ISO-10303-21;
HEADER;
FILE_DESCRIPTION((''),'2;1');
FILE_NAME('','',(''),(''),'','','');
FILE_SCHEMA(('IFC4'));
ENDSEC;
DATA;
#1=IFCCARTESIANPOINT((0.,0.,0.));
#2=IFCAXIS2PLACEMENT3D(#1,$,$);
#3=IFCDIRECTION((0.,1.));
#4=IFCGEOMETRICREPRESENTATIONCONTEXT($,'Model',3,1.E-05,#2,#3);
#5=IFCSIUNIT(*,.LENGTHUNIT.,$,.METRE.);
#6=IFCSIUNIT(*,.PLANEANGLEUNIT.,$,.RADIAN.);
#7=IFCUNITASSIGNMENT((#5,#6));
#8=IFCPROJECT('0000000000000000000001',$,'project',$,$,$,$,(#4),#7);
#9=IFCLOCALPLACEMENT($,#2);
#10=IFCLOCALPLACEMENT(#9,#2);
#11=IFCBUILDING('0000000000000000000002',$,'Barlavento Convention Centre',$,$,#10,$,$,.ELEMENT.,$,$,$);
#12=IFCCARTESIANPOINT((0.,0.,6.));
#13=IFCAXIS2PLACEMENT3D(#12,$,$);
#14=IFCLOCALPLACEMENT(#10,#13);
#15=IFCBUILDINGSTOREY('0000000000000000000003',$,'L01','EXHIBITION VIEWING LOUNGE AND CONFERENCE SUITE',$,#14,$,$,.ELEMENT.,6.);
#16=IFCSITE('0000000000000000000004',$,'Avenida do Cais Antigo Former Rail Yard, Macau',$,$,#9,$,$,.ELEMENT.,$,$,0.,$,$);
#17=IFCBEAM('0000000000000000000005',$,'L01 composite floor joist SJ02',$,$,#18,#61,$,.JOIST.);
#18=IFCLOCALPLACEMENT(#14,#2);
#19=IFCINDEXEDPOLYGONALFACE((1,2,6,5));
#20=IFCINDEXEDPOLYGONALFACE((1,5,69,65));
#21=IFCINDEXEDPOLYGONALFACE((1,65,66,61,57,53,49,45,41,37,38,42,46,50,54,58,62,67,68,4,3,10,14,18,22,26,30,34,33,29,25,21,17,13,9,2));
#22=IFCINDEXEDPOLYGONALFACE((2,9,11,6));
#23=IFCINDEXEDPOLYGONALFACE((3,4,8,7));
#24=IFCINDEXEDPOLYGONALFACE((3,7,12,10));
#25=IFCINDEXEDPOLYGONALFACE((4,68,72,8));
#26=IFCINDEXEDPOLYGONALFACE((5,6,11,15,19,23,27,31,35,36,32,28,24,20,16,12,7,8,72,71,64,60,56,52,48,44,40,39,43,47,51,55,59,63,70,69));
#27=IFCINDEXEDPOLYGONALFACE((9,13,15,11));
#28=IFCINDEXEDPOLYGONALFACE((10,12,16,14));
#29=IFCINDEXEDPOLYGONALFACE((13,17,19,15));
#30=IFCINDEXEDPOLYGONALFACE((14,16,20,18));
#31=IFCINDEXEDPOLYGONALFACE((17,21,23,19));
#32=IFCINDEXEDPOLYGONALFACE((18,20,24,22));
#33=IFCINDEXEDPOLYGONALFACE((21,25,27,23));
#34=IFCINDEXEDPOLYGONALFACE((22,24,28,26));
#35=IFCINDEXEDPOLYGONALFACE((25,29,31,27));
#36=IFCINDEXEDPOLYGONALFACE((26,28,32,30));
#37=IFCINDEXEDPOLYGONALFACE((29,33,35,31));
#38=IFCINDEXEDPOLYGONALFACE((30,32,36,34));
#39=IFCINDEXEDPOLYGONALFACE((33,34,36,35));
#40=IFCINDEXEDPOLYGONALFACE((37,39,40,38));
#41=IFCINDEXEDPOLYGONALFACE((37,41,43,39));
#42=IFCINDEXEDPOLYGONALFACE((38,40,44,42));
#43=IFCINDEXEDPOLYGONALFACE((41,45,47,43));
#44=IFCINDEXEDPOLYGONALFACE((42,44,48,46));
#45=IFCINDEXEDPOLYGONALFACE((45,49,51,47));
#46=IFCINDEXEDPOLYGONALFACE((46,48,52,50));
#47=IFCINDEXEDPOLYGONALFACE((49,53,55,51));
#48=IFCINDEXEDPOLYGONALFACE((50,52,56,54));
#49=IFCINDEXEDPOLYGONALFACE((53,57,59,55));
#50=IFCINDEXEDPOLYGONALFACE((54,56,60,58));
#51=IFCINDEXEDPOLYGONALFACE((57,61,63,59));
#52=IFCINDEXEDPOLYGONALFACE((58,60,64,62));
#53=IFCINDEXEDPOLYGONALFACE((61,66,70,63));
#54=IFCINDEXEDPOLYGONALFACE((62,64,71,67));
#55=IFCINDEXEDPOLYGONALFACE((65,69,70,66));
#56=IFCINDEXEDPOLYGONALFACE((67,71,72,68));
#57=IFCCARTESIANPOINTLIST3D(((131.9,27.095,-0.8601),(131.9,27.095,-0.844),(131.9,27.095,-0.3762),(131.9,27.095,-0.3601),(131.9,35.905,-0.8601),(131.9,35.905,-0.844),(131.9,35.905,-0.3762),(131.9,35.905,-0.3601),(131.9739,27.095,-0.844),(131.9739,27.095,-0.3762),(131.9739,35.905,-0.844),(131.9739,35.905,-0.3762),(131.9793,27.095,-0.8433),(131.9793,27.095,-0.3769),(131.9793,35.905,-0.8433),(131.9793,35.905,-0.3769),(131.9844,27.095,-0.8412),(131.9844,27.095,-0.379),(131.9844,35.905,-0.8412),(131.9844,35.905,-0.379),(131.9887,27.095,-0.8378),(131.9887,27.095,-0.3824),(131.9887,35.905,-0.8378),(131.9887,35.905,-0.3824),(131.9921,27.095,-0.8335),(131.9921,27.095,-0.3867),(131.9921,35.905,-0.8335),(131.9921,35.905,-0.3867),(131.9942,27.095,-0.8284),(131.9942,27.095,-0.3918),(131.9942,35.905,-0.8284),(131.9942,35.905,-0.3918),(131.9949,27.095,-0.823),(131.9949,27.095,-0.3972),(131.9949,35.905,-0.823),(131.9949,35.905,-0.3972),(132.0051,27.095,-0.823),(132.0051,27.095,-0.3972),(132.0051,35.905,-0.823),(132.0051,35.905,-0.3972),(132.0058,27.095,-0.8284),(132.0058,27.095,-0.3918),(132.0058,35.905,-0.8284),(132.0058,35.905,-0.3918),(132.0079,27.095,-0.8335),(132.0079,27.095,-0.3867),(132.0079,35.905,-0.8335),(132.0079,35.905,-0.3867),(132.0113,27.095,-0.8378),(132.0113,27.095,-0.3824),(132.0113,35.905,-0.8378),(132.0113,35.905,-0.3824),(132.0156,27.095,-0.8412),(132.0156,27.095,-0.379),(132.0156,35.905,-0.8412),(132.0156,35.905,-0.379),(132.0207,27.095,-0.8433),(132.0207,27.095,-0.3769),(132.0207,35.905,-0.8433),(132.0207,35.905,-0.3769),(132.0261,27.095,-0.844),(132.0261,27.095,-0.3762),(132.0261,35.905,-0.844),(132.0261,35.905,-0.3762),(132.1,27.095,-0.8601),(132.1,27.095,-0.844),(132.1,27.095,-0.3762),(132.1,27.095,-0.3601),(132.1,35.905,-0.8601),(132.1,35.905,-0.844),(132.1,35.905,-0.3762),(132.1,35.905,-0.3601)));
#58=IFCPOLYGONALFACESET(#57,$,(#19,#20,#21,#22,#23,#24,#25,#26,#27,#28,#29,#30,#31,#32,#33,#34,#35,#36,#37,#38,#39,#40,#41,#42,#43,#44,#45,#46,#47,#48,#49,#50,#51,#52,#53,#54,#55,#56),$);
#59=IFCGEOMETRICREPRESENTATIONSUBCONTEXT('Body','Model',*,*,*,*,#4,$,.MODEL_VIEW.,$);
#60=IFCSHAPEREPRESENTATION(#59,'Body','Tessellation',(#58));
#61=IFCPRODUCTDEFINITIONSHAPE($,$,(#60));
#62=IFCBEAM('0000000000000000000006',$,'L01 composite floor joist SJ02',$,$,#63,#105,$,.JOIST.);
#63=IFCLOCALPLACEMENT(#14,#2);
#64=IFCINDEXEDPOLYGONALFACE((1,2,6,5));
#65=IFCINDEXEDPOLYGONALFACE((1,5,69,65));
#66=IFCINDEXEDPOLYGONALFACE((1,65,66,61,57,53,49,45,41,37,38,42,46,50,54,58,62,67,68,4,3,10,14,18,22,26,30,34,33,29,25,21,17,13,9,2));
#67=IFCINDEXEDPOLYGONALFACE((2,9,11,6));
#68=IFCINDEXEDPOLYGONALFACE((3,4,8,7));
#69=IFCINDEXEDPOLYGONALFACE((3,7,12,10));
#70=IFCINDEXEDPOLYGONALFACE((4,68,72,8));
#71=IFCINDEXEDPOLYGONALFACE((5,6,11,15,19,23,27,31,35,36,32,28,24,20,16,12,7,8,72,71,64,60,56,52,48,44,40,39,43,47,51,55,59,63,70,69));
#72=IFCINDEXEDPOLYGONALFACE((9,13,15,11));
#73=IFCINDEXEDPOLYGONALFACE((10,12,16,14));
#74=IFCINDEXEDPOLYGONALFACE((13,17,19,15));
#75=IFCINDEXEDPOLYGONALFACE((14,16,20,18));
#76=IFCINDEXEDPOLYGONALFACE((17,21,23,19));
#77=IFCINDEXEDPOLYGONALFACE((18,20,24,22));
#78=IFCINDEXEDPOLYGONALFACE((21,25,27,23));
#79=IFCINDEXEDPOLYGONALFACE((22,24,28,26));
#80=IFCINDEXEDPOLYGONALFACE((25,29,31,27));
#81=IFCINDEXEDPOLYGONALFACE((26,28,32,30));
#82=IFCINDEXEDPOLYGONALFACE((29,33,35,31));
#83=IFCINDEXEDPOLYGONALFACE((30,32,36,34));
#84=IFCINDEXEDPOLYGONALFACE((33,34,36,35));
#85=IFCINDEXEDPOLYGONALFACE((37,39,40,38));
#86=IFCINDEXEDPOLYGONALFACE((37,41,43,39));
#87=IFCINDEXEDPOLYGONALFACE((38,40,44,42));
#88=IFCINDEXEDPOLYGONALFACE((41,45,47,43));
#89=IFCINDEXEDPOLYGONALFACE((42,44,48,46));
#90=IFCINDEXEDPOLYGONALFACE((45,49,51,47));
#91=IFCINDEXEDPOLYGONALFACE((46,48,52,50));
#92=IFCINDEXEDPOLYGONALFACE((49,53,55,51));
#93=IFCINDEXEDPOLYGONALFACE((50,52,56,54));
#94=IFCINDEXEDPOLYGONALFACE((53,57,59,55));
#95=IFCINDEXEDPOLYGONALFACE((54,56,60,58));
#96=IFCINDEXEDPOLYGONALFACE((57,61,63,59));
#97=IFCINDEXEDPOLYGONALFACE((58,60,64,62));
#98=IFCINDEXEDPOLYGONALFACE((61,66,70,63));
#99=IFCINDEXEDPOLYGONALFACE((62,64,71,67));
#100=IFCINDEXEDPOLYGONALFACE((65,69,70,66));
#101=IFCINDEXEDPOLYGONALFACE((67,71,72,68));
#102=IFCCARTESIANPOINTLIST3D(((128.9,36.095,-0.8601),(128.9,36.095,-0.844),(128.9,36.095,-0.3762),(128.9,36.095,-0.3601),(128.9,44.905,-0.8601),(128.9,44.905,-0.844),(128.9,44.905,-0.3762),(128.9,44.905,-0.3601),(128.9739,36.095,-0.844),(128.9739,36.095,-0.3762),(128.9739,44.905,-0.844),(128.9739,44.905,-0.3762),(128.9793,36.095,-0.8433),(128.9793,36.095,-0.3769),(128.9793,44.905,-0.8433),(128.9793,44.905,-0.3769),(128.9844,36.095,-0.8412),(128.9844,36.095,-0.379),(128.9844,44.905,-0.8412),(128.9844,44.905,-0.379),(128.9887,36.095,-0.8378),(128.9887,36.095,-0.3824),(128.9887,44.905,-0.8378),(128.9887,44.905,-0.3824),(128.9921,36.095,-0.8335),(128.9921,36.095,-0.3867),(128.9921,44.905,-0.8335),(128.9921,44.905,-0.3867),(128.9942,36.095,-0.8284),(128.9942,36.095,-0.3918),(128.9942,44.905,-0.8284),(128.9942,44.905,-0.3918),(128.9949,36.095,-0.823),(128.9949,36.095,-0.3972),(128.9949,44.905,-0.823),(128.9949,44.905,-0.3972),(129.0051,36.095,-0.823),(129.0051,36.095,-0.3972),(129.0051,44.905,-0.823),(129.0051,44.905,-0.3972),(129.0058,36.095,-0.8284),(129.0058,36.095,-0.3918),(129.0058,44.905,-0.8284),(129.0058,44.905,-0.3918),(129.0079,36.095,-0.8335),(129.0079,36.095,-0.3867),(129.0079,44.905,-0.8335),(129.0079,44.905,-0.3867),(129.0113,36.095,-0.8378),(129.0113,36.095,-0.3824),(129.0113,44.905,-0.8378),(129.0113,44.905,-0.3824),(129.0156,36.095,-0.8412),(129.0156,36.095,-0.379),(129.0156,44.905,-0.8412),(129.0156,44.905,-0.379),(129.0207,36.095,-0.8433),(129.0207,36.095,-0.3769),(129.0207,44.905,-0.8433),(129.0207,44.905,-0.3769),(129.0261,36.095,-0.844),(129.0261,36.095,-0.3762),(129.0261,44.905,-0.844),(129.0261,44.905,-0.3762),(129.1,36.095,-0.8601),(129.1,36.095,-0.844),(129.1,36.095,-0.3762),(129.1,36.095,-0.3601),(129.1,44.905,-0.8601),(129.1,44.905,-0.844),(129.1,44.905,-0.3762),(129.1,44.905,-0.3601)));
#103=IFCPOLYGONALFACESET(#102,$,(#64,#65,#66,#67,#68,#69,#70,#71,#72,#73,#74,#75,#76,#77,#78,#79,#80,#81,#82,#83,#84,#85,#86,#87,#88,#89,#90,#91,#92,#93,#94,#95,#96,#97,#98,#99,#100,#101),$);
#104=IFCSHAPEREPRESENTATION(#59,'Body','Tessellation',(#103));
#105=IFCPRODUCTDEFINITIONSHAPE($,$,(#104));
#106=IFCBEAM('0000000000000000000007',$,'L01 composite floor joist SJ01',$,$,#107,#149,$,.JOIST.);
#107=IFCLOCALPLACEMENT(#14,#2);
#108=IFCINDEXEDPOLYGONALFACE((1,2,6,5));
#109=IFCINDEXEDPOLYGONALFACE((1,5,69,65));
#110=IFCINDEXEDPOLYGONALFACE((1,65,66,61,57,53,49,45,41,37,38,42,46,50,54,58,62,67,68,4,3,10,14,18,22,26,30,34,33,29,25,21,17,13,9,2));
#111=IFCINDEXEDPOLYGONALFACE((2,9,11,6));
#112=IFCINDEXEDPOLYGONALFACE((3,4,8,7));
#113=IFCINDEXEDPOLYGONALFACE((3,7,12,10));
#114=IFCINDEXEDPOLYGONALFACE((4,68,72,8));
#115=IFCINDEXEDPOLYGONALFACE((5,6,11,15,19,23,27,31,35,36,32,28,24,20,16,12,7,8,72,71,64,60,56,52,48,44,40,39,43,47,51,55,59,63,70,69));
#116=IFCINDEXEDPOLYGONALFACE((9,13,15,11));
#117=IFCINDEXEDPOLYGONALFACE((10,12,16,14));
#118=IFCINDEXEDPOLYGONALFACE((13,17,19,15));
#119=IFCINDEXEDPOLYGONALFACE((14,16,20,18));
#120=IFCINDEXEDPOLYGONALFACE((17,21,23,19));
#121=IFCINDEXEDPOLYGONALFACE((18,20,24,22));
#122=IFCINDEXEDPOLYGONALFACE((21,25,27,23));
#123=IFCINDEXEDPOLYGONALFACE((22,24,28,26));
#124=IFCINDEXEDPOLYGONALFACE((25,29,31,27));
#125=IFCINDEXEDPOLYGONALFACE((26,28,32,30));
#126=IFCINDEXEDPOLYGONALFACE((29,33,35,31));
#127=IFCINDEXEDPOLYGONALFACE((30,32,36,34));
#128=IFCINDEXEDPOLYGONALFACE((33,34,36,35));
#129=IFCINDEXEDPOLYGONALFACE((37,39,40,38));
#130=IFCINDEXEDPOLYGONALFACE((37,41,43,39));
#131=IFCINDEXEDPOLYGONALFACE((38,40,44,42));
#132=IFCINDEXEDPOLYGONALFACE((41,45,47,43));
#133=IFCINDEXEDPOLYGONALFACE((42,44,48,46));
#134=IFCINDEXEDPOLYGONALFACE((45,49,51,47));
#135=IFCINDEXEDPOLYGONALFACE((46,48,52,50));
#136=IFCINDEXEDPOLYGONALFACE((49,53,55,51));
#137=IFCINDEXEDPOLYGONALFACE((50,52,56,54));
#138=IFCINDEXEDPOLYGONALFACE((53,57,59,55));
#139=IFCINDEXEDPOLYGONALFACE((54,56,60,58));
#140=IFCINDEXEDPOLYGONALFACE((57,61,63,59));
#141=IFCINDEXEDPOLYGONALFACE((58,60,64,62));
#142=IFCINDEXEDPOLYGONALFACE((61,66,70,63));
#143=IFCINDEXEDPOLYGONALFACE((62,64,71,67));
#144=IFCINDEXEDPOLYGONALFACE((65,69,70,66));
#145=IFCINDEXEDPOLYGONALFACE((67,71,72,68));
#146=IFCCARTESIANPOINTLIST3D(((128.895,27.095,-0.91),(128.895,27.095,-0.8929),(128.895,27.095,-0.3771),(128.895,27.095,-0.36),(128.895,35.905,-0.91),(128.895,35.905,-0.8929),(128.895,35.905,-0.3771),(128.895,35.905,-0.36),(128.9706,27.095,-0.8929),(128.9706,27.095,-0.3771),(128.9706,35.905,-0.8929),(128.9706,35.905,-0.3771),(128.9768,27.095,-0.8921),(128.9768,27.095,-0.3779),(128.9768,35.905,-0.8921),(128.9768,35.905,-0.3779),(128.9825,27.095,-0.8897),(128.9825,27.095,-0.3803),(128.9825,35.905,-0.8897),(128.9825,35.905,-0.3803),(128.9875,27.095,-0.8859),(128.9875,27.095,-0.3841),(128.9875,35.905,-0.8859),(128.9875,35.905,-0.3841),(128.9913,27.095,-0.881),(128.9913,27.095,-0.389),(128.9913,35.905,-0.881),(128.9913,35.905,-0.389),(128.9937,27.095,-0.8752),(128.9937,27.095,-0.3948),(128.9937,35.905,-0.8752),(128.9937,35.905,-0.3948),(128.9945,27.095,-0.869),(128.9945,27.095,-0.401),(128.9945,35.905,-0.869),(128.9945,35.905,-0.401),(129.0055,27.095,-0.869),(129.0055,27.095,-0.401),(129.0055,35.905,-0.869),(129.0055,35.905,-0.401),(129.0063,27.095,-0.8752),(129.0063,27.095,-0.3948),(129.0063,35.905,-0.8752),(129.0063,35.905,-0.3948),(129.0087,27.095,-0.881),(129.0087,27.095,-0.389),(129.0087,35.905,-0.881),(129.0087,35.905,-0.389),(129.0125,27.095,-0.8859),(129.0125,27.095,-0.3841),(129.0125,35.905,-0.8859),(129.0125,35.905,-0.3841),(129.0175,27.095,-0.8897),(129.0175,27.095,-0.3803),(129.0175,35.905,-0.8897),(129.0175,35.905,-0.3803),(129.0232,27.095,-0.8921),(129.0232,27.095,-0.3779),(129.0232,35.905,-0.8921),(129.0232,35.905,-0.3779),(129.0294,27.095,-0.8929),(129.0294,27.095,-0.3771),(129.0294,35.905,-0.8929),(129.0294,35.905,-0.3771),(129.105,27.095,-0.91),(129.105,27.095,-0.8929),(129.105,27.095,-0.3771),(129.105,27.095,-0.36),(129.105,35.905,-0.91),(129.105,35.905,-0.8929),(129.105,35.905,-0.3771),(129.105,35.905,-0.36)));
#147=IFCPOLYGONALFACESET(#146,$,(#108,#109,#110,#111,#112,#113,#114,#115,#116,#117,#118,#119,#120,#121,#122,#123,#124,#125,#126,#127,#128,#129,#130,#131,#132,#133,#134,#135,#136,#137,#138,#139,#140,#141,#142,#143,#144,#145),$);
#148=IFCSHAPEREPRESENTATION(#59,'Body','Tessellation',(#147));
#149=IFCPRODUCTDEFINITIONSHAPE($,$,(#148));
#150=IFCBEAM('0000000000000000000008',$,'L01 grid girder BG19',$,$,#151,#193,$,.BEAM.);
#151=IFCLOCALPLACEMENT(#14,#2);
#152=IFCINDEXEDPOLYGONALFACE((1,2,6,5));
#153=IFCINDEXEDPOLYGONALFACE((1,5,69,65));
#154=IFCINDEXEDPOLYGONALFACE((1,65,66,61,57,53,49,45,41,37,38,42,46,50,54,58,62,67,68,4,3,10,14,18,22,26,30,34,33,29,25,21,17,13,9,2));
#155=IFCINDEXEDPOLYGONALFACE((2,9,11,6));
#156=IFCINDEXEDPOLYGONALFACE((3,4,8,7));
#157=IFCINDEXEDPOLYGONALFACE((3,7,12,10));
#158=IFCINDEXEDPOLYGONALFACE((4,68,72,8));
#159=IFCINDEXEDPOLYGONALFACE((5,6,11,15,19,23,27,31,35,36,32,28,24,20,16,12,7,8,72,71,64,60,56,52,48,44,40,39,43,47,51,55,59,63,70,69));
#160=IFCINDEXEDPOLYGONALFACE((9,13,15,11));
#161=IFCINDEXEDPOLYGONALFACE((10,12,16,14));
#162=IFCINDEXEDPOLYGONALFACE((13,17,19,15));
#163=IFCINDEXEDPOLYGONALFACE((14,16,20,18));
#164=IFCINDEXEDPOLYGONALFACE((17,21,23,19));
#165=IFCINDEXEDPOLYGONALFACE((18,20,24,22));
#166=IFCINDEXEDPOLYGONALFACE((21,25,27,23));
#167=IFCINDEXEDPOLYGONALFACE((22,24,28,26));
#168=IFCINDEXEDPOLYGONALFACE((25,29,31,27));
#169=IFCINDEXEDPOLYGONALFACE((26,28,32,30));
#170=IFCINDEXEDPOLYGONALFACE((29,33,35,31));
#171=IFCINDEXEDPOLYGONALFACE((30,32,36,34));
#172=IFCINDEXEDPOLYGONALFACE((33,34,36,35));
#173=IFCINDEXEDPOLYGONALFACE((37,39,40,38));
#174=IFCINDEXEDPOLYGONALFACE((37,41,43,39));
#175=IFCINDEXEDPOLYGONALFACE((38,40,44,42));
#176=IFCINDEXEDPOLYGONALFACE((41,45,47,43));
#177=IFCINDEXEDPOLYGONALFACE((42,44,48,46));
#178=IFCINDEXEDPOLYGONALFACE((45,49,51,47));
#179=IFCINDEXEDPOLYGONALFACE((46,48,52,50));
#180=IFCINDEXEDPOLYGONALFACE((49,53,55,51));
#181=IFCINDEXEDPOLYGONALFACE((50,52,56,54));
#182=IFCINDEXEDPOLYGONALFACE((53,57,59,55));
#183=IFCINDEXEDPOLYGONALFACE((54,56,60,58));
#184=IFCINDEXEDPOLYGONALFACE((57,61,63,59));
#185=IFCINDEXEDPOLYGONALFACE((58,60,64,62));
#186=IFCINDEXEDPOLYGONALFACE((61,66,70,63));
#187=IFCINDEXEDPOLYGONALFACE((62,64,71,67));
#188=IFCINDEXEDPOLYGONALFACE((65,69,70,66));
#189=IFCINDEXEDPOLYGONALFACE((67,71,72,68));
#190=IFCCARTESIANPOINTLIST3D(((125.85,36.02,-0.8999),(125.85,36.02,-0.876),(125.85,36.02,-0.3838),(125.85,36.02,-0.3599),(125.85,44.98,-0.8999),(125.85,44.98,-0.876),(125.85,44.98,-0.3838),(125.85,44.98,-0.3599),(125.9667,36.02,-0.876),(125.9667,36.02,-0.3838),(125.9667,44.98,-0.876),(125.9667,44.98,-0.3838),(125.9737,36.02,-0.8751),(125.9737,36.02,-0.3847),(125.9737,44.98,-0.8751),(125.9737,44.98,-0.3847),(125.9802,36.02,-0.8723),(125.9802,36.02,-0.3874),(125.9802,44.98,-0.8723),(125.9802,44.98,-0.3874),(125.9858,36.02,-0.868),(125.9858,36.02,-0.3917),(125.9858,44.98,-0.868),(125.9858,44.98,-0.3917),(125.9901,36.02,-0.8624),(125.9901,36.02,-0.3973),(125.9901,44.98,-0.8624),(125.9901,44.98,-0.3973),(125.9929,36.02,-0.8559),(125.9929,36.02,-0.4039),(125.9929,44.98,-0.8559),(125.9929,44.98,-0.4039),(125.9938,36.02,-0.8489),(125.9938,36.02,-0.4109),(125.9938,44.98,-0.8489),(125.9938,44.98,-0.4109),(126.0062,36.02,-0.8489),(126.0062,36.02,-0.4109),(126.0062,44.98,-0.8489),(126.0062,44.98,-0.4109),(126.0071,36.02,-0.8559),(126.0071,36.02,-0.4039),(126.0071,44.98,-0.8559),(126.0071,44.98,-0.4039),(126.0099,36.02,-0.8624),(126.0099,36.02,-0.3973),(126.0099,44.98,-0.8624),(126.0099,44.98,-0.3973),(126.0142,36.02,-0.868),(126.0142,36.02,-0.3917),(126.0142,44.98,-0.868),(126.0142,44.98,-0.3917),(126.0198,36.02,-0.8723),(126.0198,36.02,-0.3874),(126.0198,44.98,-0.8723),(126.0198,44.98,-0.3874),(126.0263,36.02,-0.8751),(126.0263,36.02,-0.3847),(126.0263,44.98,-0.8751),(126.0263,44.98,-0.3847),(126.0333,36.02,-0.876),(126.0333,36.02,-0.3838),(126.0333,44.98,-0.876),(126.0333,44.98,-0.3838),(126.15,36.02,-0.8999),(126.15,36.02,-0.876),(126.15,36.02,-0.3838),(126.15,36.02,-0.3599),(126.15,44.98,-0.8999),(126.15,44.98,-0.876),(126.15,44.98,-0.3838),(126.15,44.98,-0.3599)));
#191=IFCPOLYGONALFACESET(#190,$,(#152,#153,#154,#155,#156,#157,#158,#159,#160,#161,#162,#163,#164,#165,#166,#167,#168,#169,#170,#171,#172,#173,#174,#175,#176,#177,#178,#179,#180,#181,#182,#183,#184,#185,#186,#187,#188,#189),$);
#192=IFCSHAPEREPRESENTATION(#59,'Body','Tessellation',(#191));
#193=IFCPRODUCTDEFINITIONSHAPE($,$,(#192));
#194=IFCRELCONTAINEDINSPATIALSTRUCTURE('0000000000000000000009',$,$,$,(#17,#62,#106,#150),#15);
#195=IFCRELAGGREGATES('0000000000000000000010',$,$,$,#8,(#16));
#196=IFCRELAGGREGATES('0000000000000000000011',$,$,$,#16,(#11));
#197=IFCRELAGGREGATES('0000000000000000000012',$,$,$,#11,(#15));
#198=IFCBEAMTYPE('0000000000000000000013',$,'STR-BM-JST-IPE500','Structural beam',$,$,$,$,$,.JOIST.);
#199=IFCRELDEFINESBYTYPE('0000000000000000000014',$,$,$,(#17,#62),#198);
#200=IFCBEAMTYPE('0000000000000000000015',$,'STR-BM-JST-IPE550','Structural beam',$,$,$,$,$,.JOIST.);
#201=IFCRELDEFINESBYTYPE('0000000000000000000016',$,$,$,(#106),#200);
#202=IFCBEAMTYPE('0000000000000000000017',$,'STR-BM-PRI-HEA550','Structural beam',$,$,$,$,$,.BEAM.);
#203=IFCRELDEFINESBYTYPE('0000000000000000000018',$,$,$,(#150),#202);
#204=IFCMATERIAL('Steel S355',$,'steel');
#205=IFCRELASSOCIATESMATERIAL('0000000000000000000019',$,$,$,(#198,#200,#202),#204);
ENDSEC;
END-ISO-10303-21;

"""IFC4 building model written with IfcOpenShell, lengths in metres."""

from ifc_helpers import new_model, si_unit, direction, frame, origin, origin_2d, place, context, subcontext, project, spatial, i_section, extrude, material, material_profile, profile_set, type_object, element, save


model = new_model("IFC4")

# Units and contexts
model_context = context("Model", 3, precision=1e-05, world=origin(), true_north=direction((0.0, 1.0)))
body_context = subcontext(model_context, "Body", "Model", "MODEL_VIEW")
ifc_project = project(units=[si_unit("LENGTHUNIT", "METRE"), si_unit("PLANEANGLEUNIT", "RADIAN")], contexts=[model_context])

# Site, building, storey
site_placement = place(None, origin())
site = spatial("IfcSite", under=ifc_project, at=site_placement, Name="Avenida do Cais Antigo Former Rail Yard, Macau", CompositionType="ELEMENT", RefElevation=0.0)
building_placement = place(site_placement, origin())
building = spatial("IfcBuilding", under=site, at=building_placement, Name="Barlavento Convention Centre", CompositionType="ELEMENT")
storey_placement = place(building_placement, frame((0.0, 0.0, 6.0)))
storey = spatial("IfcBuildingStorey", under=building, at=storey_placement, Name="L01", Description="EXHIBITION VIEWING LOUNGE AND CONFERENCE SUITE", CompositionType="ELEMENT", Elevation=6.0)

# Beams
ifc_material_1 = material(Name="Steel S355", Category="steel")
ifc_material_profile_1 = material_profile(ifc_material_1, i_section(OverallWidth=0.2, OverallDepth=0.5, WebThickness=0.0103, FlangeThickness=0.0161, FilletRadius=0.021, at=origin_2d()), Name="IPE 500")
ifc_profile_set_1 = profile_set([ifc_material_profile_1], Name="Steel S355")
beam_type_1 = type_object("IfcBeamType", Name="STR-BM-JST-IPE500", Description="Structural beam", PredefinedType="JOIST", material=ifc_profile_set_1)
for number, where, z_axis, x_axis, name in (
    (1, (132.0, 27.095, -0.6101), (0.0, 1.0, 0.0), (-1.0, 0.0, 0.0), "L01 composite floor joist SJ02"),
    (2, (129.0, 36.095, -0.6101), (0.0, 1.0, 0.0), (-1.0, 0.0, 0.0), "L01 composite floor joist SJ02"),
):
    element("IfcBeam", number, at=place(storey_placement, frame(where, z_axis=z_axis, x_axis=x_axis)), inside=storey, type_object=beam_type_1, Name=name, PredefinedType="JOIST", context=body_context, shape_type="SweptSolid", body=[
        extrude(i_section(OverallWidth=0.2, OverallDepth=0.5, WebThickness=0.0103, FlangeThickness=0.0161, FilletRadius=0.021, at=origin_2d()), origin(), (0.0, 0.0, 1.0), 8.8101),
    ])
ifc_material_profile_2 = material_profile(ifc_material_1, i_section(OverallWidth=0.21, OverallDepth=0.55, WebThickness=0.011, FlangeThickness=0.0171, FilletRadius=0.0239, at=origin_2d()), Name="IPE 550")
ifc_profile_set_2 = profile_set([ifc_material_profile_2], Name="Steel S355")
beam_type_2 = type_object("IfcBeamType", Name="STR-BM-JST-IPE550", Description="Structural beam", PredefinedType="JOIST", material=ifc_profile_set_2)
beam_1_placement = place(storey_placement, frame((129.0, 27.095, -0.635), z_axis=(0.0, 1.0, 0.0), x_axis=(-1.0, 0.0, 0.0)))
element("IfcBeam", 3, at=beam_1_placement, inside=storey, type_object=beam_type_2, Name="L01 composite floor joist SJ01", PredefinedType="JOIST", context=body_context, shape_type="SweptSolid", body=[
    extrude(i_section(OverallWidth=0.21, OverallDepth=0.55, WebThickness=0.011, FlangeThickness=0.0171, FilletRadius=0.0239, at=origin_2d()), origin(), (0.0, 0.0, 1.0), 8.8101),
])
ifc_material_profile_3 = material_profile(ifc_material_1, i_section(OverallWidth=0.3, OverallDepth=0.54, WebThickness=0.0125, FlangeThickness=0.0239, FilletRadius=0.0271, at=origin_2d()), Name="HEA 550")
ifc_profile_set_3 = profile_set([ifc_material_profile_3], Name="Steel S355")
beam_type_3 = type_object("IfcBeamType", Name="STR-BM-PRI-HEA550", Description="Structural beam", PredefinedType="BEAM", material=ifc_profile_set_3)
beam_2_placement = place(storey_placement, frame((126.0, 36.02, -0.6299), z_axis=(0.0, 1.0, 0.0), x_axis=(-1.0, 0.0, 0.0)))
element("IfcBeam", 4, at=beam_2_placement, inside=storey, type_object=beam_type_3, Name="L01 grid girder BG19", PredefinedType="BEAM", context=body_context, shape_type="SweptSolid", body=[
    extrude(i_section(OverallWidth=0.3, OverallDepth=0.54, WebThickness=0.0125, FlangeThickness=0.0239, FilletRadius=0.0271, at=origin_2d()), origin(), (0.0, 0.0, 1.0), 8.96),
])

save(model, "model.ifc")
